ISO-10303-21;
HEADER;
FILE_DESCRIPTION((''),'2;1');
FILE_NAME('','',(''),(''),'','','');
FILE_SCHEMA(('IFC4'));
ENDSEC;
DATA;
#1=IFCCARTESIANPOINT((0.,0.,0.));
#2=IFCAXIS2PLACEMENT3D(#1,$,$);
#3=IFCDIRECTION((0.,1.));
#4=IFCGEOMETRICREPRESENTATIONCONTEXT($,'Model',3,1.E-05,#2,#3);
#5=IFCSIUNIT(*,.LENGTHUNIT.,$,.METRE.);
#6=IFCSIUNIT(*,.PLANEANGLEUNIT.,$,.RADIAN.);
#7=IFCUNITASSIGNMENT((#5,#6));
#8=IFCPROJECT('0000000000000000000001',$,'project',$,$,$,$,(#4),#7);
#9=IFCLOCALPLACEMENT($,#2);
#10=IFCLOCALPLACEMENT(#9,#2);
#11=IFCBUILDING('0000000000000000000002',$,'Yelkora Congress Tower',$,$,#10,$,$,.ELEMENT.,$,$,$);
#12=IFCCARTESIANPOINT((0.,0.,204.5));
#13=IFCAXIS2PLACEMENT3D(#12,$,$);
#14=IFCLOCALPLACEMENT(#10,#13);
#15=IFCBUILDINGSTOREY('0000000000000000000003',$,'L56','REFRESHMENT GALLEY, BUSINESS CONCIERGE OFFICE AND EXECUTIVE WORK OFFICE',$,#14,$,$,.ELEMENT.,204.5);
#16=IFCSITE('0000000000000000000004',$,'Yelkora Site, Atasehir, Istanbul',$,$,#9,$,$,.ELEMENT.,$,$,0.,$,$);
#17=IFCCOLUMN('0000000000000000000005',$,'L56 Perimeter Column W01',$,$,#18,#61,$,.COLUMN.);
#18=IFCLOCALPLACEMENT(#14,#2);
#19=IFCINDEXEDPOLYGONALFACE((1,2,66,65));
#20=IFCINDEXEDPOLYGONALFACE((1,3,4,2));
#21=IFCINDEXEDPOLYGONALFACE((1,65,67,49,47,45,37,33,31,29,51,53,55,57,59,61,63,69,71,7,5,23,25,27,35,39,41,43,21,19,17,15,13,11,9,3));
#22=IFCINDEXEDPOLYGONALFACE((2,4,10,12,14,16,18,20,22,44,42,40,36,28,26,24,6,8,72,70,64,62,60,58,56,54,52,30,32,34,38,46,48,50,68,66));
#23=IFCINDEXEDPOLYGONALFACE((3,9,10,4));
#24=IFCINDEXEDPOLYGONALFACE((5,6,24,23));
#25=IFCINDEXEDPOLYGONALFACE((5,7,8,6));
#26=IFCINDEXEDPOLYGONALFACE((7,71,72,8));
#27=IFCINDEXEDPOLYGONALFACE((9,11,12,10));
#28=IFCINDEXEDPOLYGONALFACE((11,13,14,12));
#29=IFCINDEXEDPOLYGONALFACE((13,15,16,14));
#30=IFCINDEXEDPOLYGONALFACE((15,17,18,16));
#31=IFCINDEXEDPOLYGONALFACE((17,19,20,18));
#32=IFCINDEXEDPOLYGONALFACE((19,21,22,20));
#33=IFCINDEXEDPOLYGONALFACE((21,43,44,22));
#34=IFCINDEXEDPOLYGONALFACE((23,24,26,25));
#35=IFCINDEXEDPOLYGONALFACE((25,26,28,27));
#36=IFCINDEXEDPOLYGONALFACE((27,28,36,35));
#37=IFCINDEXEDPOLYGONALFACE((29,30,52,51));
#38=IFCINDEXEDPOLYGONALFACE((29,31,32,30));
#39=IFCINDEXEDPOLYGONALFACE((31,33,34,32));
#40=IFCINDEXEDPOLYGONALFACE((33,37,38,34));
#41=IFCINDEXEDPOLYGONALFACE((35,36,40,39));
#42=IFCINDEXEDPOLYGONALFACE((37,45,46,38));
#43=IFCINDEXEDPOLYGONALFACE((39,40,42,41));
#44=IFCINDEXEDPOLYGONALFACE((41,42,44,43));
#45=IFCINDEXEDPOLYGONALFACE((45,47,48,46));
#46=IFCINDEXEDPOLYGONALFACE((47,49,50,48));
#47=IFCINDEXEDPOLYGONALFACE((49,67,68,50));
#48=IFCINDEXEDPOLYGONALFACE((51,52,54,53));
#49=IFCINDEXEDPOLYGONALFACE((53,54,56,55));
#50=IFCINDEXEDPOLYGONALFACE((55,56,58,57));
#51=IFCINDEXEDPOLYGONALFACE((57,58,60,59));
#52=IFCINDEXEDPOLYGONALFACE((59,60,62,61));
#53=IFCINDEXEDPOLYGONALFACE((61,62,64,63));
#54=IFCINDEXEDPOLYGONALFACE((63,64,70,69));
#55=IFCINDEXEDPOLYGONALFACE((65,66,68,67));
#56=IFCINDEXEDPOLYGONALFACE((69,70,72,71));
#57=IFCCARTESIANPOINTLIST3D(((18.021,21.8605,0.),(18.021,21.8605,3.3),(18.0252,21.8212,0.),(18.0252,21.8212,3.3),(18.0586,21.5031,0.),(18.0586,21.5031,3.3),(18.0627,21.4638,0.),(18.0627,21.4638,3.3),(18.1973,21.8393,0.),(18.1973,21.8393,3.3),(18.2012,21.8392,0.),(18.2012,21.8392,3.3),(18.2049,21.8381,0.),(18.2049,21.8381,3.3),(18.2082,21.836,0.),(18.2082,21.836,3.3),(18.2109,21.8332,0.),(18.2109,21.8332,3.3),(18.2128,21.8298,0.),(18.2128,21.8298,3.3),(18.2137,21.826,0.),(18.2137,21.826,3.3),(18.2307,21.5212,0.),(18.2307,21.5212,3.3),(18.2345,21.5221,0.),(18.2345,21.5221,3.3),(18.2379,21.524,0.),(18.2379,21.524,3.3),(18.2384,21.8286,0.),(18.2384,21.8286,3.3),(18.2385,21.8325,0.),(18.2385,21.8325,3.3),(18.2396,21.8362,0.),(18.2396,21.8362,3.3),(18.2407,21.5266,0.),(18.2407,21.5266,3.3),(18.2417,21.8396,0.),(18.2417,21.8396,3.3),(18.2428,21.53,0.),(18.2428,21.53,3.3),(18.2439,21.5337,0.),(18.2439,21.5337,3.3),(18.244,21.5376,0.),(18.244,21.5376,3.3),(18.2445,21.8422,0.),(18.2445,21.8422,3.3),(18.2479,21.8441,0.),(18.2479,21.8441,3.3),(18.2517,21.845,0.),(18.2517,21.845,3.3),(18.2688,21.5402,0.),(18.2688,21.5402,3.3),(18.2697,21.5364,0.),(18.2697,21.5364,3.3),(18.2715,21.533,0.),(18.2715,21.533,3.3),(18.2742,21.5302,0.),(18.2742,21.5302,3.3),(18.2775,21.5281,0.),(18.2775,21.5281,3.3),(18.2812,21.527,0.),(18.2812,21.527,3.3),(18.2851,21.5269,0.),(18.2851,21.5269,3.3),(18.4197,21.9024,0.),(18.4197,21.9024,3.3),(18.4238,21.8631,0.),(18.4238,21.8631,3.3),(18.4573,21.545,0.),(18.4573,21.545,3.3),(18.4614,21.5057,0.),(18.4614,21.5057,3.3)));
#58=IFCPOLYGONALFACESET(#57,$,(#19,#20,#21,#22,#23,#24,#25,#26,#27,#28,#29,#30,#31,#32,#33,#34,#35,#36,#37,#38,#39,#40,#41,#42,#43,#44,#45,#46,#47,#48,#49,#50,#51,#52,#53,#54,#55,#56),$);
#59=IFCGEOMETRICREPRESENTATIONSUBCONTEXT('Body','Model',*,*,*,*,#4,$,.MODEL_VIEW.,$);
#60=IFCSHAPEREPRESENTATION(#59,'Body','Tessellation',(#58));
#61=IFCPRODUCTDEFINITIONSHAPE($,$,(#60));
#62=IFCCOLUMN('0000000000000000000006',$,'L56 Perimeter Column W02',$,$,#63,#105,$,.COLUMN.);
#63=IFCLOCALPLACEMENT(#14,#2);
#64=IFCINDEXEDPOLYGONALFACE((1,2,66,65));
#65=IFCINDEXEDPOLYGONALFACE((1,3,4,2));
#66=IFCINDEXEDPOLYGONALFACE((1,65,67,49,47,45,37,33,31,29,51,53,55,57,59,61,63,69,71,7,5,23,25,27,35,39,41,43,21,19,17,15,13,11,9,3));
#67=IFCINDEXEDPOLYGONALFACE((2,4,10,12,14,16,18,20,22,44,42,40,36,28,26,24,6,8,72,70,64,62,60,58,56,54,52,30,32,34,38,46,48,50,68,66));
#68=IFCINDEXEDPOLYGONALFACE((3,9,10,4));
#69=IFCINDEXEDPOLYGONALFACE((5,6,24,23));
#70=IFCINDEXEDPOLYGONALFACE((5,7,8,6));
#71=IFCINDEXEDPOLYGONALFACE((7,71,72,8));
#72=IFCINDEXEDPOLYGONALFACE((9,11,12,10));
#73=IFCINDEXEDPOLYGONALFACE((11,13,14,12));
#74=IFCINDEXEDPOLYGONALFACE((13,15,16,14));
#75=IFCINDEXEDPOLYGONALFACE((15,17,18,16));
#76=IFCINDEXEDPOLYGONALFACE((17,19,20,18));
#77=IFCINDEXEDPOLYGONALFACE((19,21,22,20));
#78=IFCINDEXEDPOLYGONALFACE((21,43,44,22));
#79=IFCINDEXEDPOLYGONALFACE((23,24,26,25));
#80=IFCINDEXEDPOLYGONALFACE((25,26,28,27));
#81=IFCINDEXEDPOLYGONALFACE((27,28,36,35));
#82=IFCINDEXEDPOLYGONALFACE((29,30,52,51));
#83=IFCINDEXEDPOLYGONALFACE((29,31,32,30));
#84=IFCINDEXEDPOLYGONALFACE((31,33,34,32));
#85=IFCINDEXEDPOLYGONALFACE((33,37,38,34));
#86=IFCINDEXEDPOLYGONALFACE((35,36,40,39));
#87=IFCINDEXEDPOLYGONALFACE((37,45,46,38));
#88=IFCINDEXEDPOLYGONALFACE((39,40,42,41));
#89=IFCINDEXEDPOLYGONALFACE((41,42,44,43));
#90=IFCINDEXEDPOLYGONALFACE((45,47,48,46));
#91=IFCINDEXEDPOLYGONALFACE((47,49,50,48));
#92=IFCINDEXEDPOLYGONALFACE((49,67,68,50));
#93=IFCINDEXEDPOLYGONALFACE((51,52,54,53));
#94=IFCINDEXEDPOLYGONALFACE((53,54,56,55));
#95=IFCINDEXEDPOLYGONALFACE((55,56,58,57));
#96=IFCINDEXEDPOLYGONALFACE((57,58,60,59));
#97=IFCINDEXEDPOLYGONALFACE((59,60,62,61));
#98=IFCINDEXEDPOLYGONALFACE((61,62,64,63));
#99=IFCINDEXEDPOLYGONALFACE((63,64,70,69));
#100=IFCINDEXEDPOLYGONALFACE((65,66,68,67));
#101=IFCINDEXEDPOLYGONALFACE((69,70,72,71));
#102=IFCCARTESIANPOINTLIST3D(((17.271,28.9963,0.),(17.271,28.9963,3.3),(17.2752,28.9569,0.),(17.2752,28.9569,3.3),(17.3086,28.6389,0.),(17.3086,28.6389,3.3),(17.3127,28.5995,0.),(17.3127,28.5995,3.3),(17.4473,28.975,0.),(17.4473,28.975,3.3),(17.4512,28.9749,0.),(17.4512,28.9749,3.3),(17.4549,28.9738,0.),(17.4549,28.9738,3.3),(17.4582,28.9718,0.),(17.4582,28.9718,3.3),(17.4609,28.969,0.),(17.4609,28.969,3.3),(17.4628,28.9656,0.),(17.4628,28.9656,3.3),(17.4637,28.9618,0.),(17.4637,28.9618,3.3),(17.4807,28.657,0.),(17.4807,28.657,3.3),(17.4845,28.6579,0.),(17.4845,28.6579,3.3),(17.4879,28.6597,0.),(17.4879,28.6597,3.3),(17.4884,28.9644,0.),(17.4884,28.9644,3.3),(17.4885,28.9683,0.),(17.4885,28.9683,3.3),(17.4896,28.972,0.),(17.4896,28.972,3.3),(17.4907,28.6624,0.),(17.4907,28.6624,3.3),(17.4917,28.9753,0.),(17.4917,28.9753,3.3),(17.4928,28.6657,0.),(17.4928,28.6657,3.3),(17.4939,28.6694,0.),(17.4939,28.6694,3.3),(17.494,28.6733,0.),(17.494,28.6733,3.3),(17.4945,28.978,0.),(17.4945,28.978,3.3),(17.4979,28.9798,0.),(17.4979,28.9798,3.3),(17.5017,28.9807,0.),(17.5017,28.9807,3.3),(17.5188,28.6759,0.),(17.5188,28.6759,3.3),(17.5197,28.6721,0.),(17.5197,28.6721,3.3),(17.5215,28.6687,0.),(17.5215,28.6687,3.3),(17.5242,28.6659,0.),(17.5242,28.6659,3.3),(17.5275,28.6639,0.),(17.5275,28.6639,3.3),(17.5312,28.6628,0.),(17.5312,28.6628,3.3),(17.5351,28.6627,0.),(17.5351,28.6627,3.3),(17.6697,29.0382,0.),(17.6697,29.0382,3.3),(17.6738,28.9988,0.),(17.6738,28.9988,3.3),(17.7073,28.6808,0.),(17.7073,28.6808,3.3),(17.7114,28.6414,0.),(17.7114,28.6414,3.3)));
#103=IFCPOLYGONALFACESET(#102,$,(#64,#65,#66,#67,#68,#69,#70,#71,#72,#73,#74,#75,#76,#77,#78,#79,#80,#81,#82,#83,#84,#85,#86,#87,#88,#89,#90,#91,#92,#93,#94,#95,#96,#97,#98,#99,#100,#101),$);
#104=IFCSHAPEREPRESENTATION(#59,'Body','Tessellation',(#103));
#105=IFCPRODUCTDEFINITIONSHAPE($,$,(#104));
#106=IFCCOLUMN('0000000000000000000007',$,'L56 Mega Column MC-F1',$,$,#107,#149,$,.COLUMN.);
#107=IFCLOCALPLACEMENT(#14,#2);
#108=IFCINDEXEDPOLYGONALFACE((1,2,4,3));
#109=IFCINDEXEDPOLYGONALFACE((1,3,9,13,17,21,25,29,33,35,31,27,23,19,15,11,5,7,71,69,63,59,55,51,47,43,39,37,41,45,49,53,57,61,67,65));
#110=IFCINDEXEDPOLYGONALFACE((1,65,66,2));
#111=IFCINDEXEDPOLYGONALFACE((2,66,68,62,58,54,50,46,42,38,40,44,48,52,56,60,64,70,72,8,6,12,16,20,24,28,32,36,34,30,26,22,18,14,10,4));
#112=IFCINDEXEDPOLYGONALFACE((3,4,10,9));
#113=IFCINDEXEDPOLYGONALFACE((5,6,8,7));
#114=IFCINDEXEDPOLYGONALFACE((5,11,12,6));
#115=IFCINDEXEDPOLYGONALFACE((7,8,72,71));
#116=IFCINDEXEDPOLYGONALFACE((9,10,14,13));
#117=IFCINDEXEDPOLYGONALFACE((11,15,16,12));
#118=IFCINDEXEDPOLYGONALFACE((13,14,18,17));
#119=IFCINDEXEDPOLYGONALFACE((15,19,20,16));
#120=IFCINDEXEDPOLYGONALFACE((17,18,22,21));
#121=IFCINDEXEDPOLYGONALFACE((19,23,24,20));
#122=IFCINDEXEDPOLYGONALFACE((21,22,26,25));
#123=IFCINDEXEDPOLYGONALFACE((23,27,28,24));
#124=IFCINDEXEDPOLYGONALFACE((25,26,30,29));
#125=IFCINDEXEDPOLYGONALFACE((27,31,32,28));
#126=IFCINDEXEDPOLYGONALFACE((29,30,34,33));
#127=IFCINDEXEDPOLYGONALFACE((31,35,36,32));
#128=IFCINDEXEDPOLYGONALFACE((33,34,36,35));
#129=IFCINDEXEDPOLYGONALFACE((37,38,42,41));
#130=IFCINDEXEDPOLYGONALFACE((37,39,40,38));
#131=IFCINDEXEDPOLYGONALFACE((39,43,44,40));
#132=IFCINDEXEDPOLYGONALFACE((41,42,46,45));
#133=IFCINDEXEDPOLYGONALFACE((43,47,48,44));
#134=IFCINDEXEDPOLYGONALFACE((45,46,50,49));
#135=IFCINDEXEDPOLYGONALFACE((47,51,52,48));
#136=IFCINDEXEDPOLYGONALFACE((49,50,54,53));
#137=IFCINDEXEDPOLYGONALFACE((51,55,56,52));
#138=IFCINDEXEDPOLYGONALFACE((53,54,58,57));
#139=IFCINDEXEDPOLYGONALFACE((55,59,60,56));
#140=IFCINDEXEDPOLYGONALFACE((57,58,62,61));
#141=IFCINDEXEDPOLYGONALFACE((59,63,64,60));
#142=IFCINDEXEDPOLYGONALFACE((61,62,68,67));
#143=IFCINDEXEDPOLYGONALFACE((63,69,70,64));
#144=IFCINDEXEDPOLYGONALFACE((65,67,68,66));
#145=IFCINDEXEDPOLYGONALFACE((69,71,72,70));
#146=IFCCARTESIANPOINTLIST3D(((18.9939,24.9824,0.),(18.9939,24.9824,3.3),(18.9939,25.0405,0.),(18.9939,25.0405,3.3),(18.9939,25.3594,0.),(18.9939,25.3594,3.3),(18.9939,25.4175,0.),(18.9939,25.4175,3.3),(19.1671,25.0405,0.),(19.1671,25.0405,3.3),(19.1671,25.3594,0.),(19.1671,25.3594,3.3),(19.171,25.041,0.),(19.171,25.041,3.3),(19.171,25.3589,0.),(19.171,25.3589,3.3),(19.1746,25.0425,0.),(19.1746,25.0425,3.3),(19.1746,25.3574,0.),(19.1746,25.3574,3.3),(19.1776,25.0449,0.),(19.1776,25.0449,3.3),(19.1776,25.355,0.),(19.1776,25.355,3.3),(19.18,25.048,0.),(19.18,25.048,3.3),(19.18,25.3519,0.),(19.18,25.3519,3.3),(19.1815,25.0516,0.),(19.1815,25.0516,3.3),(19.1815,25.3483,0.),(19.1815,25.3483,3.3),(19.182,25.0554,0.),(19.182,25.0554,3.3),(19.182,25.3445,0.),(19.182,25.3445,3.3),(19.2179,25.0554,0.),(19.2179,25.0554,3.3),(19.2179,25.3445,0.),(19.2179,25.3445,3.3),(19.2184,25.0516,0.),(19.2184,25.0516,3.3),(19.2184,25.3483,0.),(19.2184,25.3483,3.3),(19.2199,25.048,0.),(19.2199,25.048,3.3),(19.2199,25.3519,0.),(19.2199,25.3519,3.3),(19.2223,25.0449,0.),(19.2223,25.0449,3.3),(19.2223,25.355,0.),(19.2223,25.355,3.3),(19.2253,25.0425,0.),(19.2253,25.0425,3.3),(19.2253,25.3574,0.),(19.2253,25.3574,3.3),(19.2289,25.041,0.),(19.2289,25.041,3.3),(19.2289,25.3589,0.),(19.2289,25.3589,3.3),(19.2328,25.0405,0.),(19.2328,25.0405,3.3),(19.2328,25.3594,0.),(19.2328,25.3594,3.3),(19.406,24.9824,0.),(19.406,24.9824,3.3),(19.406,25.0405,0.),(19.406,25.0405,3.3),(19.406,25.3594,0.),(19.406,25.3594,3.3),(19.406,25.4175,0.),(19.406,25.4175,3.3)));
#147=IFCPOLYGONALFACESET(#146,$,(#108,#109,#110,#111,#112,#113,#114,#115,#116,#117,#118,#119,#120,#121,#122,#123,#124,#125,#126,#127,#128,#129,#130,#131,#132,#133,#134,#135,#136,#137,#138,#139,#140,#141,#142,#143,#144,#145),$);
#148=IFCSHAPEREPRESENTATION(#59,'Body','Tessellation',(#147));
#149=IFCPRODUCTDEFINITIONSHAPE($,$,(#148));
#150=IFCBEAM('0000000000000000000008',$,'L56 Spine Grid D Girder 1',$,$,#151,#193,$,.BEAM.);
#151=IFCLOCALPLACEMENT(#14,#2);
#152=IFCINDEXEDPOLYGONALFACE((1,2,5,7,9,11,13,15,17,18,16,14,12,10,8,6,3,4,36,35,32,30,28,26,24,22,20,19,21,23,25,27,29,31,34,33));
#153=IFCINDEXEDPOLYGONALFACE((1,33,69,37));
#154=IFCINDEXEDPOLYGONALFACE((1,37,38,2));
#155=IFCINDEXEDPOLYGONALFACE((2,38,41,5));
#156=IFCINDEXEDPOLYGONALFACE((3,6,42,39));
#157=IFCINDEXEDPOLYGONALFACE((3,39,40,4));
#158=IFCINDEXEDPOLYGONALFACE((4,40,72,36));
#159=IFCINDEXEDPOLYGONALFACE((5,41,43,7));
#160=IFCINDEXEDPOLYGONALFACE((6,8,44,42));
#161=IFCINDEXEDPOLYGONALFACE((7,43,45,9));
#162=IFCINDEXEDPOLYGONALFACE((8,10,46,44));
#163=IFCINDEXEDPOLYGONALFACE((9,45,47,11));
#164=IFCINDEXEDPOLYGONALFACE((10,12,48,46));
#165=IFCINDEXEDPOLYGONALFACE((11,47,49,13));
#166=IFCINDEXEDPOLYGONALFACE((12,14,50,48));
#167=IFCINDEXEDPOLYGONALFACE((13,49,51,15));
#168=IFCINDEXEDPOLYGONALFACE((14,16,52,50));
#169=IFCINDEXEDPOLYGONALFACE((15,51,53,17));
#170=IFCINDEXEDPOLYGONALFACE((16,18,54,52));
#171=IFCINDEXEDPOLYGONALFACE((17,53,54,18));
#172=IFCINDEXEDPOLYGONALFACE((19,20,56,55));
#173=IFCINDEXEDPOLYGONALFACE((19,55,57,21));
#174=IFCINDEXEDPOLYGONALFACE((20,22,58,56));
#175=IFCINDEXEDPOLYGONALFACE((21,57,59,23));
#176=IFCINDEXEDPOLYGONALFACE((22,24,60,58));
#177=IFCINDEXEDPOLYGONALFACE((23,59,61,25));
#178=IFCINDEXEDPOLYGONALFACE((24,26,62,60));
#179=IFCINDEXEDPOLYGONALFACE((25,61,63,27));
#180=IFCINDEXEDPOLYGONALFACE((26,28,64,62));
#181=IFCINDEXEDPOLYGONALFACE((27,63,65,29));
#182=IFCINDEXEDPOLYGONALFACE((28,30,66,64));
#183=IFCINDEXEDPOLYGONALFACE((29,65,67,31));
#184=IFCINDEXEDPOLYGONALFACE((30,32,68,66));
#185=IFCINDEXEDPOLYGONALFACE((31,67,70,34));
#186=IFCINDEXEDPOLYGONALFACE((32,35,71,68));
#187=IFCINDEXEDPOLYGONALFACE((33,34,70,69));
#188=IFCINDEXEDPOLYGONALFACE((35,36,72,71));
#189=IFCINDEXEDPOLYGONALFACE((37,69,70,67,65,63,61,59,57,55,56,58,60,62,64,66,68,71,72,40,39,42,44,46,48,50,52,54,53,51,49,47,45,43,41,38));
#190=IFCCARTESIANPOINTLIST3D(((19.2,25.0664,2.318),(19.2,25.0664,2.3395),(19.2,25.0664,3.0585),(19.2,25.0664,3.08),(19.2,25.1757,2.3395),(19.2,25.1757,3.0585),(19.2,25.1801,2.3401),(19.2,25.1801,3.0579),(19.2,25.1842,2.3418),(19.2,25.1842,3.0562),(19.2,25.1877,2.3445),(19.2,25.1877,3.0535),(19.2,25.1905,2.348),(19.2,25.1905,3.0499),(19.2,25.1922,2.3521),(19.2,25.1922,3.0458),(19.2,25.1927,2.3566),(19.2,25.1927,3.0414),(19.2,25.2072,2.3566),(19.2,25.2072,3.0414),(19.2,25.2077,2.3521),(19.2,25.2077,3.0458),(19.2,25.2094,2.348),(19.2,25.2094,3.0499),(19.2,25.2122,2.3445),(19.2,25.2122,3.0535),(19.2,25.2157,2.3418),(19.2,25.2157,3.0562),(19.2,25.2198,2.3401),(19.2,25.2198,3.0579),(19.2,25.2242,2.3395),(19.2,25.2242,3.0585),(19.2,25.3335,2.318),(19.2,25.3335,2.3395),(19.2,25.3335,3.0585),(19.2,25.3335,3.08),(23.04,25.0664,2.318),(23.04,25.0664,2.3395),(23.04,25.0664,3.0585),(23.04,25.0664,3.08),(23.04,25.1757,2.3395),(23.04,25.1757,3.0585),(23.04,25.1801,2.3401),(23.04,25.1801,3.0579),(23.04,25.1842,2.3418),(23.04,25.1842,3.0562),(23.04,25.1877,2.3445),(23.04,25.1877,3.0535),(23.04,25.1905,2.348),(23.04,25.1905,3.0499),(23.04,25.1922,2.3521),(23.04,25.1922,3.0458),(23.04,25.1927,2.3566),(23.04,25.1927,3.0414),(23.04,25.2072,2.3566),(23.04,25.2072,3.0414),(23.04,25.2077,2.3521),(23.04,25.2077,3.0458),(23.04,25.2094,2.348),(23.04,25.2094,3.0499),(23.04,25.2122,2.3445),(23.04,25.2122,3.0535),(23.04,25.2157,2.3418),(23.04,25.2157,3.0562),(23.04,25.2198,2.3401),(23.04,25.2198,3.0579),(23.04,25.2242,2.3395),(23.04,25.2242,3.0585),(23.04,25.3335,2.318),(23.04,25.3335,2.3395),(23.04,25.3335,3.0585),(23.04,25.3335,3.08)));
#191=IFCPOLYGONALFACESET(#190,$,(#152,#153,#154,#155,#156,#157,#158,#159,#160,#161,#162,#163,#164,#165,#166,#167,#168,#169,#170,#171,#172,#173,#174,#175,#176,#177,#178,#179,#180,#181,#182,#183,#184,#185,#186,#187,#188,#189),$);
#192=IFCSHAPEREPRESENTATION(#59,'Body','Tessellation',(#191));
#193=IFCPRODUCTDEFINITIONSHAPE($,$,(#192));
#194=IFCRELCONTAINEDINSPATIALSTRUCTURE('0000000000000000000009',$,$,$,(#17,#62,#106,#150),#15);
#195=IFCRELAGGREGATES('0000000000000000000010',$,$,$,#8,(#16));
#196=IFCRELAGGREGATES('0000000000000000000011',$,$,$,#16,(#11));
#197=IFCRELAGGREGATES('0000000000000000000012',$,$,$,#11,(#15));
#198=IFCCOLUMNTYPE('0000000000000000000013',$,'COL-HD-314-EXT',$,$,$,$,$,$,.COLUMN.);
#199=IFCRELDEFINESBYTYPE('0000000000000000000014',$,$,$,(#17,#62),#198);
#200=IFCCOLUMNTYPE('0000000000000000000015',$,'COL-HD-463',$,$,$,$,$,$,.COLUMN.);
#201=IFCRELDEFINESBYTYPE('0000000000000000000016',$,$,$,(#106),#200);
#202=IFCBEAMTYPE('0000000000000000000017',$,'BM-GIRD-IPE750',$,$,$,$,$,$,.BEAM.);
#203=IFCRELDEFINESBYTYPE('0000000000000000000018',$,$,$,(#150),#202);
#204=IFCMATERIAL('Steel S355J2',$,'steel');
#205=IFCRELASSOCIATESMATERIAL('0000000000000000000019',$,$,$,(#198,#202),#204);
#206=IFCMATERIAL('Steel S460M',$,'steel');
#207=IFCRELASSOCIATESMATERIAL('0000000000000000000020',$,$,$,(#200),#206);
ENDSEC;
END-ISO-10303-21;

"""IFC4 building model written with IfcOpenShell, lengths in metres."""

from ifc_helpers import new_model, si_unit, direction, frame, origin, origin_2d, place, context, subcontext, project, spatial, i_section, extrude, material, material_profile, profile_set, type_object, element, save


model = new_model("IFC4")

# Units and contexts
model_context = context("Model", 3, precision=1e-05, world=origin(), true_north=direction((0.0, 1.0)))
body_context = subcontext(model_context, "Body", "Model", "MODEL_VIEW")
ifc_project = project(units=[si_unit("LENGTHUNIT", "METRE"), si_unit("PLANEANGLEUNIT", "RADIAN")], contexts=[model_context])

# Site, building, storey
site_placement = place(None, origin())
site = spatial("IfcSite", under=ifc_project, at=site_placement, Name="Yelkora Site, Atasehir, Istanbul", CompositionType="ELEMENT", RefElevation=0.0)
building_placement = place(site_placement, origin())
building = spatial("IfcBuilding", under=site, at=building_placement, Name="Yelkora Congress Tower", CompositionType="ELEMENT")
storey_placement = place(building_placement, frame((0.0, 0.0, 204.5)))
storey = spatial("IfcBuildingStorey", under=building, at=storey_placement, Name="L56", Description="REFRESHMENT GALLEY, BUSINESS CONCIERGE OFFICE AND EXECUTIVE WORK OFFICE", CompositionType="ELEMENT", Elevation=204.5)

# Columns
ifc_material_1 = material(Name="Steel S355J2", Category="steel")
ifc_material_profile_1 = material_profile(ifc_material_1, i_section(OverallWidth=0.4009, OverallDepth=0.3989, WebThickness=0.0249, FlangeThickness=0.0396, FilletRadius=0.0149, at=origin_2d()), Name="HD 400x314")
ifc_profile_set_1 = profile_set([ifc_material_profile_1], Name="Steel S355J2")
column_type_1 = type_object("IfcColumnType", Name="COL-HD-314-EXT", PredefinedType="COLUMN", material=ifc_profile_set_1)
for number, where, z_axis, x_axis, name in (
    (1, (18.2412, 21.6831, 0.0), (0.0, 0.0, 1.0), (0.994522, 0.104528, 0.0), "L56 Perimeter Column W01"),
    (2, (17.4912, 28.8188, 0.0), (0.0, 0.0, 1.0), (0.994522, 0.104528, 0.0), "L56 Perimeter Column W02"),
):
    element("IfcColumn", number, at=place(storey_placement, frame(where, z_axis=z_axis, x_axis=x_axis)), inside=storey, type_object=column_type_1, Name=name, PredefinedType="COLUMN", context=body_context, shape_type="SweptSolid", body=[
        extrude(i_section(OverallWidth=0.4009, OverallDepth=0.3989, WebThickness=0.0249, FlangeThickness=0.0396, FilletRadius=0.0149, at=origin_2d()), origin(), (0.0, 0.0, 1.0), 3.3),
    ])
ifc_material_2 = material(Name="Steel S460M", Category="steel")
ifc_material_profile_2 = material_profile(ifc_material_2, i_section(OverallWidth=0.4121, OverallDepth=0.4351, WebThickness=0.0359, FlangeThickness=0.0581, FilletRadius=0.0149, at=origin_2d()), Name="HD 400x463")
ifc_profile_set_2 = profile_set([ifc_material_profile_2], Name="Steel S460M")
column_type_2 = type_object("IfcColumnType", Name="COL-HD-463", PredefinedType="COLUMN", material=ifc_profile_set_2)
column_placement = place(storey_placement, frame((19.2, 25.2, 0.0), z_axis=(0.0, 0.0, 1.0), x_axis=(1.0, 0.0, 0.0)))
element("IfcColumn", 3, at=column_placement, inside=storey, type_object=column_type_2, Name="L56 Mega Column MC-F1", PredefinedType="COLUMN", context=body_context, shape_type="SweptSolid", body=[
    extrude(i_section(OverallWidth=0.4121, OverallDepth=0.4351, WebThickness=0.0359, FlangeThickness=0.0581, FilletRadius=0.0149, at=origin_2d()), origin(), (0.0, 0.0, 1.0), 3.3),
])

# Beam
ifc_material_profile_3 = material_profile(ifc_material_1, i_section(OverallWidth=0.2671, OverallDepth=0.762, WebThickness=0.0144, FlangeThickness=0.0215, FilletRadius=0.0171, at=origin_2d()), Name="IPE 750x173")
ifc_profile_set_3 = profile_set([ifc_material_profile_3], Name="Steel S355J2")
beam_type_1 = type_object("IfcBeamType", Name="BM-GIRD-IPE750", PredefinedType="BEAM", material=ifc_profile_set_3)
beam_1_placement = place(storey_placement, frame((19.2, 25.2, 2.699), z_axis=(1.0, 0.0, 0.0), x_axis=(0.0, 1.0, 0.0)))
element("IfcBeam", 4, at=beam_1_placement, inside=storey, type_object=beam_type_1, Name="L56 Spine Grid D Girder 1", PredefinedType="BEAM", context=body_context, shape_type="SweptSolid", body=[
    extrude(i_section(OverallWidth=0.2671, OverallDepth=0.762, WebThickness=0.0144, FlangeThickness=0.0215, FilletRadius=0.0171, at=origin_2d()), origin(), (0.0, 0.0, 1.0), 3.8401),
])

save(model, "model.ifc")
